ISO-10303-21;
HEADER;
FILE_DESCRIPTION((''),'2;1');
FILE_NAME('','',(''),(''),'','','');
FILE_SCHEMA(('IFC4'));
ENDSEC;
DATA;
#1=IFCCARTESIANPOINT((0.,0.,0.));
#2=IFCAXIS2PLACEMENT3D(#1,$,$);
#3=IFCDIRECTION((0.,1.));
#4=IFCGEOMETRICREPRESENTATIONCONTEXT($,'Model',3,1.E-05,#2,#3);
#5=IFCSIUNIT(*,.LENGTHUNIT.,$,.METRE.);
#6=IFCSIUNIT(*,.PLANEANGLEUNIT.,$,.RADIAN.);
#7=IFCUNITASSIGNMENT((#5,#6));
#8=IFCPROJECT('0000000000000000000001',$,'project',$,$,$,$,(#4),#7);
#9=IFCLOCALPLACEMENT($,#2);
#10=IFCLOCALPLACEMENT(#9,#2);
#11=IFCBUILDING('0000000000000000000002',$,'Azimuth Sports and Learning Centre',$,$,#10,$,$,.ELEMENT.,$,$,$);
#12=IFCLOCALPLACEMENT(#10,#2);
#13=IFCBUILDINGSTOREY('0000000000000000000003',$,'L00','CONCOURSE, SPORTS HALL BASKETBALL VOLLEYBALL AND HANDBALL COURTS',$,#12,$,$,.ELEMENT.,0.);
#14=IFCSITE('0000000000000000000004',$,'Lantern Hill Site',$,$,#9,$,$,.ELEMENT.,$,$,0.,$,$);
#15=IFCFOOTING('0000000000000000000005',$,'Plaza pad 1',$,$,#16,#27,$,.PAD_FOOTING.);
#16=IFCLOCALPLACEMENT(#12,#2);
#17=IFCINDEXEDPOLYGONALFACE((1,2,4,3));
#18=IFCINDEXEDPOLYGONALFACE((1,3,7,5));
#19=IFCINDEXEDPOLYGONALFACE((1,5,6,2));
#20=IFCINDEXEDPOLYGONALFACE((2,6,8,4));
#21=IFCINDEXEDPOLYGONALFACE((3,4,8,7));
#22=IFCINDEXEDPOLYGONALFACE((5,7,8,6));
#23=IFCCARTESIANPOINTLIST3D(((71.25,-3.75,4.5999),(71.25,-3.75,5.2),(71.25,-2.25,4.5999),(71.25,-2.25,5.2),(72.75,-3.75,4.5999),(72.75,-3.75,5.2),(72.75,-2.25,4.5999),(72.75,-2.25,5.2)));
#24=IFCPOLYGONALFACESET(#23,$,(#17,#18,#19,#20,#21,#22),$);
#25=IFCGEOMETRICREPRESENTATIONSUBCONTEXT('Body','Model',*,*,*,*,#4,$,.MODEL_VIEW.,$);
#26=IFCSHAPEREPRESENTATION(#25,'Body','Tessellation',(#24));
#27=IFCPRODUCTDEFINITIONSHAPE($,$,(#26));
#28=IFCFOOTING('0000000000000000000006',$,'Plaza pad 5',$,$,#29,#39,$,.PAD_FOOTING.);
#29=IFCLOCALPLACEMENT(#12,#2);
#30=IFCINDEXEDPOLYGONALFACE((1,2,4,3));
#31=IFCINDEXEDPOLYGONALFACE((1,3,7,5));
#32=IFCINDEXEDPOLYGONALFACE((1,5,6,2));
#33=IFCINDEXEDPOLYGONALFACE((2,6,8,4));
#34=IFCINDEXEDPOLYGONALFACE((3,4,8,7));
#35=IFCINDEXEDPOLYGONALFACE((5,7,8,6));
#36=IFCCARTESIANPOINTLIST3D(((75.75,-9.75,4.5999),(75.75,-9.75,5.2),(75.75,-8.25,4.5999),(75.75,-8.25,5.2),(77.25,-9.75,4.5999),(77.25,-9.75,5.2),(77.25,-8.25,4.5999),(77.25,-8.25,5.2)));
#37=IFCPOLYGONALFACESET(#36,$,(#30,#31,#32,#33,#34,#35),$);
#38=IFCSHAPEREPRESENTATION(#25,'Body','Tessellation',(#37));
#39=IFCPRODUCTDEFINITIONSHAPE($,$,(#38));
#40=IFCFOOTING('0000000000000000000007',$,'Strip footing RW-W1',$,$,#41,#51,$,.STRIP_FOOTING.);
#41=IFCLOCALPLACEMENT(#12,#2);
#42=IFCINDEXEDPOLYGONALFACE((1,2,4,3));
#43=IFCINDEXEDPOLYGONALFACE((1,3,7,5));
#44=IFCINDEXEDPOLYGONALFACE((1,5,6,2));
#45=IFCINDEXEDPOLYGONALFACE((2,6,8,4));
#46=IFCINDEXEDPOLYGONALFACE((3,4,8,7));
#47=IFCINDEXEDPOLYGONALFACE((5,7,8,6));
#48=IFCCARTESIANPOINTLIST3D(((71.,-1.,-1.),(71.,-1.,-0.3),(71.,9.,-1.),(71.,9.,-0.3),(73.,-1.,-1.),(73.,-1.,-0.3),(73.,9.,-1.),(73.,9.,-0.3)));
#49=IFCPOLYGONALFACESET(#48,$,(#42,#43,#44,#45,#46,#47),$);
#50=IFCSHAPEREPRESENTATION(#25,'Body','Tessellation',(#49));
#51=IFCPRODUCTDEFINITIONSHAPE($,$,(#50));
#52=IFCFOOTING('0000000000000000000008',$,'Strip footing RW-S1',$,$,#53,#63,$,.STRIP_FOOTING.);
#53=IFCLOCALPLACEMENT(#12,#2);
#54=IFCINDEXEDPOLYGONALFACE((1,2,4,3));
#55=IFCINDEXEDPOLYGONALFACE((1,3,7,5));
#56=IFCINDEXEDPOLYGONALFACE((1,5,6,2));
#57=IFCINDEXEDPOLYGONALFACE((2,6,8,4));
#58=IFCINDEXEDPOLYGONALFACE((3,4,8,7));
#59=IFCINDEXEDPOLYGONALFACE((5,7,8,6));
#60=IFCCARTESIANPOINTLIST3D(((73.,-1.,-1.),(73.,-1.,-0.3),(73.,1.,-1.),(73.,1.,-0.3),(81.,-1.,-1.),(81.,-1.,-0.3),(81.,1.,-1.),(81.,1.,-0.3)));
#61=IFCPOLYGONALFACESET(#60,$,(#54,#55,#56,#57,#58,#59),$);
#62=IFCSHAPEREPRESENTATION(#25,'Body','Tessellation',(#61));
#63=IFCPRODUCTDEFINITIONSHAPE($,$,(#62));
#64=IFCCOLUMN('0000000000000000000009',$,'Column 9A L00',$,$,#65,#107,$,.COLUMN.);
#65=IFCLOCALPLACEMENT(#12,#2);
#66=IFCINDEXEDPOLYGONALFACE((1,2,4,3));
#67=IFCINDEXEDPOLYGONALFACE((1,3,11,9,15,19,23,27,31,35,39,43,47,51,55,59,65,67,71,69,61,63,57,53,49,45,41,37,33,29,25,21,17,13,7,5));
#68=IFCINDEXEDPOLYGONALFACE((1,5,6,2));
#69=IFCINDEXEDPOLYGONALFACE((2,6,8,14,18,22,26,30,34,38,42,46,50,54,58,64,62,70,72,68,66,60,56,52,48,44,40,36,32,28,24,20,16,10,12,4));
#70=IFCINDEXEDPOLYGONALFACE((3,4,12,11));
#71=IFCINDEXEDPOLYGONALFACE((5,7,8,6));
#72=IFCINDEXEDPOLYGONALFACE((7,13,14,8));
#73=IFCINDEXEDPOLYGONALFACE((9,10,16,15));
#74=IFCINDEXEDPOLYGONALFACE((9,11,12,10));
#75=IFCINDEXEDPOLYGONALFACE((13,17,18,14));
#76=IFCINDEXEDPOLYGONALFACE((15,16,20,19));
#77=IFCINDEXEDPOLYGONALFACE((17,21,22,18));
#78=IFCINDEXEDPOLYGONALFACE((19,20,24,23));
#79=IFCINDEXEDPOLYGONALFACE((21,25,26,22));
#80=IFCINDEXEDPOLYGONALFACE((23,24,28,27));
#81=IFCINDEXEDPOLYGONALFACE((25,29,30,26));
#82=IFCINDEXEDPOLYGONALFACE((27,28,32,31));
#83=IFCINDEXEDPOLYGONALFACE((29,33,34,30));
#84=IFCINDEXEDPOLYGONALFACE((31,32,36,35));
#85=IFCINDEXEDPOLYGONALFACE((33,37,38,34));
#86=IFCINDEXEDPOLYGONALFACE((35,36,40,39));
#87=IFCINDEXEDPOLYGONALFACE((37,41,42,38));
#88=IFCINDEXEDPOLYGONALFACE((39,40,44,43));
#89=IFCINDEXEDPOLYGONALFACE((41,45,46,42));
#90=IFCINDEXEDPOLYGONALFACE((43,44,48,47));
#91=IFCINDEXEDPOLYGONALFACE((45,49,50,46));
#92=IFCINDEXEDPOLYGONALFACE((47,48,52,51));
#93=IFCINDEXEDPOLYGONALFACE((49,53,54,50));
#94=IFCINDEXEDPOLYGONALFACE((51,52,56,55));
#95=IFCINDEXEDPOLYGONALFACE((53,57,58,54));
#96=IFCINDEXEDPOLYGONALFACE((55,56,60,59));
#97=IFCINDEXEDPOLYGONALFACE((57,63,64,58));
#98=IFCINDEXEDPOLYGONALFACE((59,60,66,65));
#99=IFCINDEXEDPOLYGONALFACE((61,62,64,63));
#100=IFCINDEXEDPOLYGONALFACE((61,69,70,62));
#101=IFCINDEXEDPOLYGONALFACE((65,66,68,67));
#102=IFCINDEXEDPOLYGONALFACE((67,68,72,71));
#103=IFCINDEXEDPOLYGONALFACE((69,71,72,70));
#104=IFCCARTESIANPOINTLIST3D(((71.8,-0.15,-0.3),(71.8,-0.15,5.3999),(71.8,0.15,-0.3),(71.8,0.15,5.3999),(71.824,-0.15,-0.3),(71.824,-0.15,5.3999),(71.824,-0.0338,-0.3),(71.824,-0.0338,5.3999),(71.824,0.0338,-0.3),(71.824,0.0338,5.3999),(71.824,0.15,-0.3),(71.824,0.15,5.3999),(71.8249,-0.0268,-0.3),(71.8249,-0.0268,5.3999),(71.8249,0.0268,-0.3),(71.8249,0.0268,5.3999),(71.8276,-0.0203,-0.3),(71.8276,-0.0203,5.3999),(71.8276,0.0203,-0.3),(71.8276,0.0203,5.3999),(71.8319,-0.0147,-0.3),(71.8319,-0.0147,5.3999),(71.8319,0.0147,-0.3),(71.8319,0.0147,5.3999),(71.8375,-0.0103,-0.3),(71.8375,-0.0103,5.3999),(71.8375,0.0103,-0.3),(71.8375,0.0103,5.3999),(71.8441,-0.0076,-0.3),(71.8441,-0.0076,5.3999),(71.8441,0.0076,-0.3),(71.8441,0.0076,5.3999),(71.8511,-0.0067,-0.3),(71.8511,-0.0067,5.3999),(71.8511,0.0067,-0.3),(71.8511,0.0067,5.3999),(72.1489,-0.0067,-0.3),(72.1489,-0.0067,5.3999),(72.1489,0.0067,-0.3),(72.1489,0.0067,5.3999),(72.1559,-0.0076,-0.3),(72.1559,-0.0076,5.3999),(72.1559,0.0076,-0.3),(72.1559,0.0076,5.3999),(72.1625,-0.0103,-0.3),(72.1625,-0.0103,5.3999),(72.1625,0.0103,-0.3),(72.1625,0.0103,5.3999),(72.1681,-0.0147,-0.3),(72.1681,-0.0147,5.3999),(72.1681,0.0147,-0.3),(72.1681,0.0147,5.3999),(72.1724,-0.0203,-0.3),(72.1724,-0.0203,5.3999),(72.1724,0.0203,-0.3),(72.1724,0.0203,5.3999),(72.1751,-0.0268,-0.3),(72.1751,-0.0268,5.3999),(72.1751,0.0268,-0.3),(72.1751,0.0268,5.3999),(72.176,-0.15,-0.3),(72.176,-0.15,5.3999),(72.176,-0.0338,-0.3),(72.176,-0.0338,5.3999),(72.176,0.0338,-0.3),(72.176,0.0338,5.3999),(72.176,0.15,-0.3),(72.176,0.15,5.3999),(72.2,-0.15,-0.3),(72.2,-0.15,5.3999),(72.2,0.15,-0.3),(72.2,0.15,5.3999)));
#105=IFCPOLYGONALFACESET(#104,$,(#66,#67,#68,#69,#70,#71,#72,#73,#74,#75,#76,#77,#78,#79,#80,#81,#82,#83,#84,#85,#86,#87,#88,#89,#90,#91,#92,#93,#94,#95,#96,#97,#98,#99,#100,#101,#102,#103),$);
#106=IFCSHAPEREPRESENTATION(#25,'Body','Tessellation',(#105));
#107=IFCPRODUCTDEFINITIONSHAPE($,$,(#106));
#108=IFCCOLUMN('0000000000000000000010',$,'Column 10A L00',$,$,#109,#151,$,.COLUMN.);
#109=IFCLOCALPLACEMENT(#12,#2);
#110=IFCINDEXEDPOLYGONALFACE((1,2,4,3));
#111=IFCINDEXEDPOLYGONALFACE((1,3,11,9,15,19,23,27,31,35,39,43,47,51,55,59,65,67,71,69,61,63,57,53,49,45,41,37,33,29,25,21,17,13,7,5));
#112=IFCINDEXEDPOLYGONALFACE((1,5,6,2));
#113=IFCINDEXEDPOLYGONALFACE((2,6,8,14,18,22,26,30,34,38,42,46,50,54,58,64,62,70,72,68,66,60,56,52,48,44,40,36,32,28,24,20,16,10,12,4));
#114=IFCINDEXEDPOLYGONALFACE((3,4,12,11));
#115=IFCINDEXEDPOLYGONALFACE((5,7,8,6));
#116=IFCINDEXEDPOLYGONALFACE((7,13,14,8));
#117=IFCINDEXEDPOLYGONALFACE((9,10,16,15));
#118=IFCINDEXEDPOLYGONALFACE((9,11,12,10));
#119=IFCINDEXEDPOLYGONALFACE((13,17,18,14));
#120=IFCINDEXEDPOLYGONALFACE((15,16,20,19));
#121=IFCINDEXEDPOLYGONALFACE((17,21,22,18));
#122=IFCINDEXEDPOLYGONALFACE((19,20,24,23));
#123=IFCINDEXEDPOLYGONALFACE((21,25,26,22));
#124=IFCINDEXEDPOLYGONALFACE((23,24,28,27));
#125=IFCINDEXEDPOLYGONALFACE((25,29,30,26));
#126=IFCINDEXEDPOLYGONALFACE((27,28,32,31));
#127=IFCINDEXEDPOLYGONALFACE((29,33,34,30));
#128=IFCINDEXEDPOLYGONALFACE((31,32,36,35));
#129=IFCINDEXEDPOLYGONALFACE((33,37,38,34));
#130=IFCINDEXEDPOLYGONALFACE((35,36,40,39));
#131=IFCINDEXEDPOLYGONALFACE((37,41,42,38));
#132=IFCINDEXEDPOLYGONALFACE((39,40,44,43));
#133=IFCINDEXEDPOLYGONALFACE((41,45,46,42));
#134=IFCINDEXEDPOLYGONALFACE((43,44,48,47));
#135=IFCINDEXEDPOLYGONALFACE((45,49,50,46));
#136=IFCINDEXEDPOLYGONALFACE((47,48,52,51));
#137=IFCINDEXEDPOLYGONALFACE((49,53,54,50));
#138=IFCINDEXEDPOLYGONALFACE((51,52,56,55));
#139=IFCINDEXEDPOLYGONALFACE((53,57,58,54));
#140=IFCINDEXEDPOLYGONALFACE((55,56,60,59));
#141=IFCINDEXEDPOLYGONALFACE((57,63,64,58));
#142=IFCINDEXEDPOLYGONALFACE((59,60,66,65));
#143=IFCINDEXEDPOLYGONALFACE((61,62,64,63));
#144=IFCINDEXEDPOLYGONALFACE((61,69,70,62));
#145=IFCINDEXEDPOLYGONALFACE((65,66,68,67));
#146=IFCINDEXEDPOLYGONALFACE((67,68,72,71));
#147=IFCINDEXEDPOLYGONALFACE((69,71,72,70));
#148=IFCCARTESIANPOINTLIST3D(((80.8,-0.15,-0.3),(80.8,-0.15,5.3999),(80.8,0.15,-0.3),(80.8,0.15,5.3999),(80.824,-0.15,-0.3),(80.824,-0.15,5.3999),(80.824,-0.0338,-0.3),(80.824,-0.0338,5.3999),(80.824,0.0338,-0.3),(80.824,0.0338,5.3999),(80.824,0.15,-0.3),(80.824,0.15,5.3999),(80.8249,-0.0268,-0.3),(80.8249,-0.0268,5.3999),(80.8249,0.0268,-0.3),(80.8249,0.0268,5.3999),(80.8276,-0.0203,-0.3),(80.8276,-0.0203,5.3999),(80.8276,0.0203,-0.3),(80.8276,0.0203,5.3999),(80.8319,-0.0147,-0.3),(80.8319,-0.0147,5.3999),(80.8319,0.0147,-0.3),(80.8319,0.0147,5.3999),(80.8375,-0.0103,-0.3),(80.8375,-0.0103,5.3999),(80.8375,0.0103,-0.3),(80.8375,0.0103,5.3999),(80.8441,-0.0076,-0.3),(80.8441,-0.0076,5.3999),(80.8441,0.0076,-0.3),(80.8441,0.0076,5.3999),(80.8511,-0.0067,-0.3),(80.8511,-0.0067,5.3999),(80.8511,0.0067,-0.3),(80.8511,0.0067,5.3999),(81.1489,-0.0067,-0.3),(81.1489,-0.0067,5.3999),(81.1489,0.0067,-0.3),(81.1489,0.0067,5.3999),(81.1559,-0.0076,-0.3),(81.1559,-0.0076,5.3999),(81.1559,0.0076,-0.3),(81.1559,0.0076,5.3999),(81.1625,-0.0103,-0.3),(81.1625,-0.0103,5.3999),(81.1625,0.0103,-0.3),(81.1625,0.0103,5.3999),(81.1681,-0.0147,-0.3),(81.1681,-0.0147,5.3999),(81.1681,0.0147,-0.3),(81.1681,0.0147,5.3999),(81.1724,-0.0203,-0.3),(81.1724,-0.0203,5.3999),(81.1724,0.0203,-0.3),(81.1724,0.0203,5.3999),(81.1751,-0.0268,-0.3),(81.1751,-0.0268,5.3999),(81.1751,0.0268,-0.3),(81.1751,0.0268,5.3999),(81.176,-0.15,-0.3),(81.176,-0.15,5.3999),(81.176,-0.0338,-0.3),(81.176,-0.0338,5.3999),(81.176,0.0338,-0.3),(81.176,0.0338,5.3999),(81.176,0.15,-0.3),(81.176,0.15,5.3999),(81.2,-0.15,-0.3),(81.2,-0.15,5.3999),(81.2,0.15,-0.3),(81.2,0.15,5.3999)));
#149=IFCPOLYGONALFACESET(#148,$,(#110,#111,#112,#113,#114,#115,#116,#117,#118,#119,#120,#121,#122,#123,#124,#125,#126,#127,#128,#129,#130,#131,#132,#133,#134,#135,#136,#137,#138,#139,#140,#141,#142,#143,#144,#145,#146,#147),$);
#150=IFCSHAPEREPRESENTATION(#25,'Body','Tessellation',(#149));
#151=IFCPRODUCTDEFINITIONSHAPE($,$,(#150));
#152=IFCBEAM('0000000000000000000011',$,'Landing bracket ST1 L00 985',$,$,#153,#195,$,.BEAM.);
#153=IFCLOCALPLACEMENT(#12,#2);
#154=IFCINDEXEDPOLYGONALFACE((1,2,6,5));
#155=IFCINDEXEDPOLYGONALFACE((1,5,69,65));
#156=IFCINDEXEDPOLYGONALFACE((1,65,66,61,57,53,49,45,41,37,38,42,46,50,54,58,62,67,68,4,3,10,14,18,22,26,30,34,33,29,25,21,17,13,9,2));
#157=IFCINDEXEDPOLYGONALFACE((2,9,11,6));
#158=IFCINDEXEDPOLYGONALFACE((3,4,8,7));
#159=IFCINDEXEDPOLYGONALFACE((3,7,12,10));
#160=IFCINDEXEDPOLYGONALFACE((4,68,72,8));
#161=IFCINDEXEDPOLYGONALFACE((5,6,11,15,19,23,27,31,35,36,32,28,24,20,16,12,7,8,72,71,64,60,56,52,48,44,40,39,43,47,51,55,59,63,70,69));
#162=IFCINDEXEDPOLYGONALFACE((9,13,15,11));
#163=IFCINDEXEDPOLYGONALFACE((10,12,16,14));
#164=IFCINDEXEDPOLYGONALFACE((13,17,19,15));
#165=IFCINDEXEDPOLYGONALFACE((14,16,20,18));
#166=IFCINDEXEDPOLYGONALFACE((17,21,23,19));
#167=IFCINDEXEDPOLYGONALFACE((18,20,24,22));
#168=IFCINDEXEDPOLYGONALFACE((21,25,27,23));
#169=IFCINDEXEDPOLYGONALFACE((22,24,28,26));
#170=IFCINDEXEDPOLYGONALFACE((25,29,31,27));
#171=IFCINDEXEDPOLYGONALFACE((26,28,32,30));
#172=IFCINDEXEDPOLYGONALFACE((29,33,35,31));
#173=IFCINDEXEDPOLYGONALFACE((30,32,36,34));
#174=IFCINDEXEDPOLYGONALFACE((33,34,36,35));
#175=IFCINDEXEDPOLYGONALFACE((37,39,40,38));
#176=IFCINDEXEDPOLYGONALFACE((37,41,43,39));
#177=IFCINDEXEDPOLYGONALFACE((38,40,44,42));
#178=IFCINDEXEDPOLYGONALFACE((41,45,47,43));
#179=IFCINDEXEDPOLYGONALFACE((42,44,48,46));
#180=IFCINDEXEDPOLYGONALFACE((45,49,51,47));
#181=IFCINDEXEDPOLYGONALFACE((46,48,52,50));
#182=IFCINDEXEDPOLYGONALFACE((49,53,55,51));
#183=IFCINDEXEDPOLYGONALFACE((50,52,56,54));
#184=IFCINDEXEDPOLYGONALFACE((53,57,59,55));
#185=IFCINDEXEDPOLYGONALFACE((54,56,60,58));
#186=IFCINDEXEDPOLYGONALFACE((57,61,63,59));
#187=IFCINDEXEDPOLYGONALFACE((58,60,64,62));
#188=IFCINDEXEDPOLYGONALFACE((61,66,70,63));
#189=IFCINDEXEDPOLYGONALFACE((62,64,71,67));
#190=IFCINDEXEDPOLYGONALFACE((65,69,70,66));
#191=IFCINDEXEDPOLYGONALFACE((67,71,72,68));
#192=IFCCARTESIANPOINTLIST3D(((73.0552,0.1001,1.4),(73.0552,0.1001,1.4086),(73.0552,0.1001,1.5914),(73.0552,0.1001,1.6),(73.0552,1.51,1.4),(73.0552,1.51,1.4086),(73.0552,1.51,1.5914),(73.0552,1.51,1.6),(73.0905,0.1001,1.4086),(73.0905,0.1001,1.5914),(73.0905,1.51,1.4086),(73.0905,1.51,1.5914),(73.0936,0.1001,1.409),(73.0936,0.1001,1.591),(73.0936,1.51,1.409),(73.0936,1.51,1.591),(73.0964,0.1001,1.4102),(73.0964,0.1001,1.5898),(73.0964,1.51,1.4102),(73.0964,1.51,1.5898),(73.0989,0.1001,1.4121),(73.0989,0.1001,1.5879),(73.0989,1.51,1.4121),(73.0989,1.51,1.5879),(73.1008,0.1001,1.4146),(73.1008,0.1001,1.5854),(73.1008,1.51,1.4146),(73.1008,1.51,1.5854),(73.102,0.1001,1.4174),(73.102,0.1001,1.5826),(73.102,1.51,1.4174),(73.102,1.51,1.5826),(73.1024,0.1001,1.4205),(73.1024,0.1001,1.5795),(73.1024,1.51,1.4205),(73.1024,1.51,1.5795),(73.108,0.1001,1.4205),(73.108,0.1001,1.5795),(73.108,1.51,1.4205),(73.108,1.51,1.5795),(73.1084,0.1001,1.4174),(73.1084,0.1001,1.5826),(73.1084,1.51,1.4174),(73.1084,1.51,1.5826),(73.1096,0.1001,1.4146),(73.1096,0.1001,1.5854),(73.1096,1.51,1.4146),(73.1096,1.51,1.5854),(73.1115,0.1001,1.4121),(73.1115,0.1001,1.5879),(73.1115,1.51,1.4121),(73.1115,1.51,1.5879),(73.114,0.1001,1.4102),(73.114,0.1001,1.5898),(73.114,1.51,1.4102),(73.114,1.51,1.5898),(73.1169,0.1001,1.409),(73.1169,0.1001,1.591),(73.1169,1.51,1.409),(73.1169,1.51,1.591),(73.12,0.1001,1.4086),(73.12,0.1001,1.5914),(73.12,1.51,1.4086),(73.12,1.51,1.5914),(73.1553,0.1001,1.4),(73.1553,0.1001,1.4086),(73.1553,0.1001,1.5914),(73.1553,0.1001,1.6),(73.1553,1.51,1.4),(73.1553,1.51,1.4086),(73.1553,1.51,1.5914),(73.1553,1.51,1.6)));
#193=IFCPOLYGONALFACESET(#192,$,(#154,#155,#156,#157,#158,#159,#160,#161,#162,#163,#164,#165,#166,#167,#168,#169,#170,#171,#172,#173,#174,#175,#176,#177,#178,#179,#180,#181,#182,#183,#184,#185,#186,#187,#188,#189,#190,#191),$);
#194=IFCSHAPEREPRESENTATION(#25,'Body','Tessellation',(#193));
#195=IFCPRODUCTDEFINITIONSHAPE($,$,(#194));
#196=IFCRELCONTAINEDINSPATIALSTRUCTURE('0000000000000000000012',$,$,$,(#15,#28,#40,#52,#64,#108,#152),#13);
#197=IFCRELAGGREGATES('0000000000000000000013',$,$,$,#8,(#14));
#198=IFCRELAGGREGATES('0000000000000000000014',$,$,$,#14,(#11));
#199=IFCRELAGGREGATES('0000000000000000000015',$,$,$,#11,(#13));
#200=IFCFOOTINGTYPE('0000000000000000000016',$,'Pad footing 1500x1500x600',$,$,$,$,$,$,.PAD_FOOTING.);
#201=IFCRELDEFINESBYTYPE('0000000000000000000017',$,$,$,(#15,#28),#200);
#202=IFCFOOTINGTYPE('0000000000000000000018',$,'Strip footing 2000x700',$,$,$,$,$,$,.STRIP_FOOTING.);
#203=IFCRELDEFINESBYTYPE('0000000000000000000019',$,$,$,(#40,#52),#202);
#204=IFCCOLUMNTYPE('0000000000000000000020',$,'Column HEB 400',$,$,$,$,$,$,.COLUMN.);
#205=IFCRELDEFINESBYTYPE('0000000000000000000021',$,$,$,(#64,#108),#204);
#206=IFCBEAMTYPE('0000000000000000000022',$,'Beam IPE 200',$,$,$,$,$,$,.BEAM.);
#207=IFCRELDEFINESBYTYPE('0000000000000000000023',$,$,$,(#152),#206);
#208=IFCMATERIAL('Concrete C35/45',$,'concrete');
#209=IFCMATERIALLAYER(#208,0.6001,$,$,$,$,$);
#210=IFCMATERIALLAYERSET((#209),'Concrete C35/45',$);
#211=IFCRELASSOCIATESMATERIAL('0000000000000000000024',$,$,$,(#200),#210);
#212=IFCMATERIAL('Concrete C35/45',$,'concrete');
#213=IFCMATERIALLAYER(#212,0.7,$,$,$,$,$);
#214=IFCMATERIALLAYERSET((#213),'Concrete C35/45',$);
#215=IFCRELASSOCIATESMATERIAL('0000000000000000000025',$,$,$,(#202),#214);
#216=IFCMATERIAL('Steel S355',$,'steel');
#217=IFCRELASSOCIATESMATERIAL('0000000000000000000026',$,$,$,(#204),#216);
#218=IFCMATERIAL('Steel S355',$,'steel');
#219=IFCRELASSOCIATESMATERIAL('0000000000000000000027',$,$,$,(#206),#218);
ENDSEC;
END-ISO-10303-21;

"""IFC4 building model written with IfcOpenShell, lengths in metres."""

from ifc_helpers import new_model, si_unit, direction, frame, origin, origin_2d, place, context, subcontext, project, spatial, rectangle, i_section, extrude, material, layer, layer_set, material_profile, profile_set, type_object, element, save


model = new_model("IFC4")

# Units and contexts
model_context = context("Model", 3, precision=1e-05, world=origin(), true_north=direction((0.0, 1.0)))
body_context = subcontext(model_context, "Body", "Model", "MODEL_VIEW")
ifc_project = project(units=[si_unit("LENGTHUNIT", "METRE"), si_unit("PLANEANGLEUNIT", "RADIAN")], contexts=[model_context])

# Site, building, storey
site_placement = place(None, origin())
site = spatial("IfcSite", under=ifc_project, at=site_placement, Name="Lantern Hill Site", CompositionType="ELEMENT", RefElevation=0.0)
building_placement = place(site_placement, origin())
building = spatial("IfcBuilding", under=site, at=building_placement, Name="Azimuth Sports and Learning Centre", CompositionType="ELEMENT")
storey_placement = place(building_placement, origin())
storey = spatial("IfcBuildingStorey", under=building, at=storey_placement, Name="L00", Description="CONCOURSE, SPORTS HALL BASKETBALL VOLLEYBALL AND HANDBALL COURTS", CompositionType="ELEMENT", Elevation=0.0)

# Footings
ifc_material_1 = material(Name="Concrete C35/45", Category="concrete")
ifc_layer_1 = layer(ifc_material_1, 0.6001)
ifc_layer_set_1 = layer_set([ifc_layer_1], Name="Concrete C35/45")
footing_type_1 = type_object("IfcFootingType", Name="Pad footing 1500x1500x600", PredefinedType="PAD_FOOTING", material=ifc_layer_set_1)
for number, where, z_axis, x_axis, name in (
    (1, (72.0, -3.0, 4.5999), (0.0, 0.0, 1.0), (1.0, 0.0, 0.0), "Plaza pad 1"),
    (2, (76.5, -9.0, 4.5999), (0.0, 0.0, 1.0), (1.0, 0.0, 0.0), "Plaza pad 5"),
):
    element("IfcFooting", number, at=place(storey_placement, frame(where, z_axis=z_axis, x_axis=x_axis)), inside=storey, type_object=footing_type_1, Name=name, PredefinedType="PAD_FOOTING", context=body_context, shape_type="SweptSolid", body=[
        extrude(rectangle(XDim=1.5, YDim=1.5, at=origin_2d()), origin(), (0.0, 0.0, 1.0), 0.6001),
    ])
ifc_material_2 = material(Name="Concrete C35/45", Category="concrete")
ifc_layer_2 = layer(ifc_material_2, 0.7)
ifc_layer_set_2 = layer_set([ifc_layer_2], Name="Concrete C35/45")
footing_type_2 = type_object("IfcFootingType", Name="Strip footing 2000x700", PredefinedType="STRIP_FOOTING", material=ifc_layer_set_2)
footing_1_placement = place(storey_placement, frame((72.0, 4.0, -1.0), z_axis=(0.0, 0.0, 1.0), x_axis=(1.0, 0.0, 0.0)))
element("IfcFooting", 3, at=footing_1_placement, inside=storey, type_object=footing_type_2, Name="Strip footing RW-W1", PredefinedType="STRIP_FOOTING", context=body_context, shape_type="SweptSolid", body=[
    extrude(rectangle(XDim=2.0, YDim=10.0, at=origin_2d()), origin(), (0.0, 0.0, 1.0), 0.7),
])
footing_2_placement = place(storey_placement, frame((77.0, 0.0, -1.0), z_axis=(0.0, 0.0, 1.0), x_axis=(1.0, 0.0, 0.0)))
element("IfcFooting", 4, at=footing_2_placement, inside=storey, type_object=footing_type_2, Name="Strip footing RW-S1", PredefinedType="STRIP_FOOTING", context=body_context, shape_type="SweptSolid", body=[
    extrude(rectangle(XDim=8.0, YDim=2.0, at=origin_2d()), origin(), (0.0, 0.0, 1.0), 0.7),
])

# Columns
ifc_material_3 = material(Name="Steel S355", Category="steel")
ifc_material_profile_1 = material_profile(ifc_material_3, i_section(OverallWidth=0.3, OverallDepth=0.3999, WebThickness=0.0134, FlangeThickness=0.0239, FilletRadius=0.0271, at=origin_2d()), Name="HEB 400")
ifc_profile_set_1 = profile_set([ifc_material_profile_1], Name="Steel S355")
column_type = type_object("IfcColumnType", Name="Column HEB 400", PredefinedType="COLUMN", material=ifc_profile_set_1)
for number, where, z_axis, x_axis, name in (
    (5, (72.0, 0.0, -0.3), (0.0, 0.0, 1.0), (0.0, 1.0, 0.0), "Column 9A L00"),
    (6, (81.0, 0.0, -0.3), (0.0, 0.0, 1.0), (0.0, 1.0, 0.0), "Column 10A L00"),
):
    element("IfcColumn", number, at=place(storey_placement, frame(where, z_axis=z_axis, x_axis=x_axis)), inside=storey, type_object=column_type, Name=name, PredefinedType="COLUMN", context=body_context, shape_type="SweptSolid", body=[
        extrude(i_section(OverallWidth=0.3, OverallDepth=0.3999, WebThickness=0.0134, FlangeThickness=0.0239, FilletRadius=0.0271, at=origin_2d()), origin(), (0.0, 0.0, 1.0), 5.7),
    ])

# Beam
ifc_material_4 = material(Name="Steel S355", Category="steel")
ifc_material_profile_2 = material_profile(ifc_material_4, i_section(OverallWidth=0.1001, OverallDepth=0.2, WebThickness=0.0056, FlangeThickness=0.0085, FilletRadius=0.012, at=origin_2d()), Name="IPE 200")
ifc_profile_set_2 = profile_set([ifc_material_profile_2], Name="Steel S355")
beam_type = type_object("IfcBeamType", Name="Beam IPE 200", PredefinedType="BEAM", material=ifc_profile_set_2)
for number, where, z_axis, x_axis, name in (
    (7, (73.1052, 0.1001, 1.5), (0.0, 1.0, 0.0), (-1.0, 0.0, 0.0), "Landing bracket ST1 L00 985"),
):
    element("IfcBeam", number, at=place(storey_placement, frame(where, z_axis=z_axis, x_axis=x_axis)), inside=storey, type_object=beam_type, Name=name, PredefinedType="BEAM", context=body_context, shape_type="SweptSolid", body=[
        extrude(i_section(OverallWidth=0.1001, OverallDepth=0.2, WebThickness=0.0056, FlangeThickness=0.0085, FilletRadius=0.012, at=origin_2d()), origin(), (0.0, 0.0, 1.0), 1.4099),
    ])

save(model, "model.ifc")
